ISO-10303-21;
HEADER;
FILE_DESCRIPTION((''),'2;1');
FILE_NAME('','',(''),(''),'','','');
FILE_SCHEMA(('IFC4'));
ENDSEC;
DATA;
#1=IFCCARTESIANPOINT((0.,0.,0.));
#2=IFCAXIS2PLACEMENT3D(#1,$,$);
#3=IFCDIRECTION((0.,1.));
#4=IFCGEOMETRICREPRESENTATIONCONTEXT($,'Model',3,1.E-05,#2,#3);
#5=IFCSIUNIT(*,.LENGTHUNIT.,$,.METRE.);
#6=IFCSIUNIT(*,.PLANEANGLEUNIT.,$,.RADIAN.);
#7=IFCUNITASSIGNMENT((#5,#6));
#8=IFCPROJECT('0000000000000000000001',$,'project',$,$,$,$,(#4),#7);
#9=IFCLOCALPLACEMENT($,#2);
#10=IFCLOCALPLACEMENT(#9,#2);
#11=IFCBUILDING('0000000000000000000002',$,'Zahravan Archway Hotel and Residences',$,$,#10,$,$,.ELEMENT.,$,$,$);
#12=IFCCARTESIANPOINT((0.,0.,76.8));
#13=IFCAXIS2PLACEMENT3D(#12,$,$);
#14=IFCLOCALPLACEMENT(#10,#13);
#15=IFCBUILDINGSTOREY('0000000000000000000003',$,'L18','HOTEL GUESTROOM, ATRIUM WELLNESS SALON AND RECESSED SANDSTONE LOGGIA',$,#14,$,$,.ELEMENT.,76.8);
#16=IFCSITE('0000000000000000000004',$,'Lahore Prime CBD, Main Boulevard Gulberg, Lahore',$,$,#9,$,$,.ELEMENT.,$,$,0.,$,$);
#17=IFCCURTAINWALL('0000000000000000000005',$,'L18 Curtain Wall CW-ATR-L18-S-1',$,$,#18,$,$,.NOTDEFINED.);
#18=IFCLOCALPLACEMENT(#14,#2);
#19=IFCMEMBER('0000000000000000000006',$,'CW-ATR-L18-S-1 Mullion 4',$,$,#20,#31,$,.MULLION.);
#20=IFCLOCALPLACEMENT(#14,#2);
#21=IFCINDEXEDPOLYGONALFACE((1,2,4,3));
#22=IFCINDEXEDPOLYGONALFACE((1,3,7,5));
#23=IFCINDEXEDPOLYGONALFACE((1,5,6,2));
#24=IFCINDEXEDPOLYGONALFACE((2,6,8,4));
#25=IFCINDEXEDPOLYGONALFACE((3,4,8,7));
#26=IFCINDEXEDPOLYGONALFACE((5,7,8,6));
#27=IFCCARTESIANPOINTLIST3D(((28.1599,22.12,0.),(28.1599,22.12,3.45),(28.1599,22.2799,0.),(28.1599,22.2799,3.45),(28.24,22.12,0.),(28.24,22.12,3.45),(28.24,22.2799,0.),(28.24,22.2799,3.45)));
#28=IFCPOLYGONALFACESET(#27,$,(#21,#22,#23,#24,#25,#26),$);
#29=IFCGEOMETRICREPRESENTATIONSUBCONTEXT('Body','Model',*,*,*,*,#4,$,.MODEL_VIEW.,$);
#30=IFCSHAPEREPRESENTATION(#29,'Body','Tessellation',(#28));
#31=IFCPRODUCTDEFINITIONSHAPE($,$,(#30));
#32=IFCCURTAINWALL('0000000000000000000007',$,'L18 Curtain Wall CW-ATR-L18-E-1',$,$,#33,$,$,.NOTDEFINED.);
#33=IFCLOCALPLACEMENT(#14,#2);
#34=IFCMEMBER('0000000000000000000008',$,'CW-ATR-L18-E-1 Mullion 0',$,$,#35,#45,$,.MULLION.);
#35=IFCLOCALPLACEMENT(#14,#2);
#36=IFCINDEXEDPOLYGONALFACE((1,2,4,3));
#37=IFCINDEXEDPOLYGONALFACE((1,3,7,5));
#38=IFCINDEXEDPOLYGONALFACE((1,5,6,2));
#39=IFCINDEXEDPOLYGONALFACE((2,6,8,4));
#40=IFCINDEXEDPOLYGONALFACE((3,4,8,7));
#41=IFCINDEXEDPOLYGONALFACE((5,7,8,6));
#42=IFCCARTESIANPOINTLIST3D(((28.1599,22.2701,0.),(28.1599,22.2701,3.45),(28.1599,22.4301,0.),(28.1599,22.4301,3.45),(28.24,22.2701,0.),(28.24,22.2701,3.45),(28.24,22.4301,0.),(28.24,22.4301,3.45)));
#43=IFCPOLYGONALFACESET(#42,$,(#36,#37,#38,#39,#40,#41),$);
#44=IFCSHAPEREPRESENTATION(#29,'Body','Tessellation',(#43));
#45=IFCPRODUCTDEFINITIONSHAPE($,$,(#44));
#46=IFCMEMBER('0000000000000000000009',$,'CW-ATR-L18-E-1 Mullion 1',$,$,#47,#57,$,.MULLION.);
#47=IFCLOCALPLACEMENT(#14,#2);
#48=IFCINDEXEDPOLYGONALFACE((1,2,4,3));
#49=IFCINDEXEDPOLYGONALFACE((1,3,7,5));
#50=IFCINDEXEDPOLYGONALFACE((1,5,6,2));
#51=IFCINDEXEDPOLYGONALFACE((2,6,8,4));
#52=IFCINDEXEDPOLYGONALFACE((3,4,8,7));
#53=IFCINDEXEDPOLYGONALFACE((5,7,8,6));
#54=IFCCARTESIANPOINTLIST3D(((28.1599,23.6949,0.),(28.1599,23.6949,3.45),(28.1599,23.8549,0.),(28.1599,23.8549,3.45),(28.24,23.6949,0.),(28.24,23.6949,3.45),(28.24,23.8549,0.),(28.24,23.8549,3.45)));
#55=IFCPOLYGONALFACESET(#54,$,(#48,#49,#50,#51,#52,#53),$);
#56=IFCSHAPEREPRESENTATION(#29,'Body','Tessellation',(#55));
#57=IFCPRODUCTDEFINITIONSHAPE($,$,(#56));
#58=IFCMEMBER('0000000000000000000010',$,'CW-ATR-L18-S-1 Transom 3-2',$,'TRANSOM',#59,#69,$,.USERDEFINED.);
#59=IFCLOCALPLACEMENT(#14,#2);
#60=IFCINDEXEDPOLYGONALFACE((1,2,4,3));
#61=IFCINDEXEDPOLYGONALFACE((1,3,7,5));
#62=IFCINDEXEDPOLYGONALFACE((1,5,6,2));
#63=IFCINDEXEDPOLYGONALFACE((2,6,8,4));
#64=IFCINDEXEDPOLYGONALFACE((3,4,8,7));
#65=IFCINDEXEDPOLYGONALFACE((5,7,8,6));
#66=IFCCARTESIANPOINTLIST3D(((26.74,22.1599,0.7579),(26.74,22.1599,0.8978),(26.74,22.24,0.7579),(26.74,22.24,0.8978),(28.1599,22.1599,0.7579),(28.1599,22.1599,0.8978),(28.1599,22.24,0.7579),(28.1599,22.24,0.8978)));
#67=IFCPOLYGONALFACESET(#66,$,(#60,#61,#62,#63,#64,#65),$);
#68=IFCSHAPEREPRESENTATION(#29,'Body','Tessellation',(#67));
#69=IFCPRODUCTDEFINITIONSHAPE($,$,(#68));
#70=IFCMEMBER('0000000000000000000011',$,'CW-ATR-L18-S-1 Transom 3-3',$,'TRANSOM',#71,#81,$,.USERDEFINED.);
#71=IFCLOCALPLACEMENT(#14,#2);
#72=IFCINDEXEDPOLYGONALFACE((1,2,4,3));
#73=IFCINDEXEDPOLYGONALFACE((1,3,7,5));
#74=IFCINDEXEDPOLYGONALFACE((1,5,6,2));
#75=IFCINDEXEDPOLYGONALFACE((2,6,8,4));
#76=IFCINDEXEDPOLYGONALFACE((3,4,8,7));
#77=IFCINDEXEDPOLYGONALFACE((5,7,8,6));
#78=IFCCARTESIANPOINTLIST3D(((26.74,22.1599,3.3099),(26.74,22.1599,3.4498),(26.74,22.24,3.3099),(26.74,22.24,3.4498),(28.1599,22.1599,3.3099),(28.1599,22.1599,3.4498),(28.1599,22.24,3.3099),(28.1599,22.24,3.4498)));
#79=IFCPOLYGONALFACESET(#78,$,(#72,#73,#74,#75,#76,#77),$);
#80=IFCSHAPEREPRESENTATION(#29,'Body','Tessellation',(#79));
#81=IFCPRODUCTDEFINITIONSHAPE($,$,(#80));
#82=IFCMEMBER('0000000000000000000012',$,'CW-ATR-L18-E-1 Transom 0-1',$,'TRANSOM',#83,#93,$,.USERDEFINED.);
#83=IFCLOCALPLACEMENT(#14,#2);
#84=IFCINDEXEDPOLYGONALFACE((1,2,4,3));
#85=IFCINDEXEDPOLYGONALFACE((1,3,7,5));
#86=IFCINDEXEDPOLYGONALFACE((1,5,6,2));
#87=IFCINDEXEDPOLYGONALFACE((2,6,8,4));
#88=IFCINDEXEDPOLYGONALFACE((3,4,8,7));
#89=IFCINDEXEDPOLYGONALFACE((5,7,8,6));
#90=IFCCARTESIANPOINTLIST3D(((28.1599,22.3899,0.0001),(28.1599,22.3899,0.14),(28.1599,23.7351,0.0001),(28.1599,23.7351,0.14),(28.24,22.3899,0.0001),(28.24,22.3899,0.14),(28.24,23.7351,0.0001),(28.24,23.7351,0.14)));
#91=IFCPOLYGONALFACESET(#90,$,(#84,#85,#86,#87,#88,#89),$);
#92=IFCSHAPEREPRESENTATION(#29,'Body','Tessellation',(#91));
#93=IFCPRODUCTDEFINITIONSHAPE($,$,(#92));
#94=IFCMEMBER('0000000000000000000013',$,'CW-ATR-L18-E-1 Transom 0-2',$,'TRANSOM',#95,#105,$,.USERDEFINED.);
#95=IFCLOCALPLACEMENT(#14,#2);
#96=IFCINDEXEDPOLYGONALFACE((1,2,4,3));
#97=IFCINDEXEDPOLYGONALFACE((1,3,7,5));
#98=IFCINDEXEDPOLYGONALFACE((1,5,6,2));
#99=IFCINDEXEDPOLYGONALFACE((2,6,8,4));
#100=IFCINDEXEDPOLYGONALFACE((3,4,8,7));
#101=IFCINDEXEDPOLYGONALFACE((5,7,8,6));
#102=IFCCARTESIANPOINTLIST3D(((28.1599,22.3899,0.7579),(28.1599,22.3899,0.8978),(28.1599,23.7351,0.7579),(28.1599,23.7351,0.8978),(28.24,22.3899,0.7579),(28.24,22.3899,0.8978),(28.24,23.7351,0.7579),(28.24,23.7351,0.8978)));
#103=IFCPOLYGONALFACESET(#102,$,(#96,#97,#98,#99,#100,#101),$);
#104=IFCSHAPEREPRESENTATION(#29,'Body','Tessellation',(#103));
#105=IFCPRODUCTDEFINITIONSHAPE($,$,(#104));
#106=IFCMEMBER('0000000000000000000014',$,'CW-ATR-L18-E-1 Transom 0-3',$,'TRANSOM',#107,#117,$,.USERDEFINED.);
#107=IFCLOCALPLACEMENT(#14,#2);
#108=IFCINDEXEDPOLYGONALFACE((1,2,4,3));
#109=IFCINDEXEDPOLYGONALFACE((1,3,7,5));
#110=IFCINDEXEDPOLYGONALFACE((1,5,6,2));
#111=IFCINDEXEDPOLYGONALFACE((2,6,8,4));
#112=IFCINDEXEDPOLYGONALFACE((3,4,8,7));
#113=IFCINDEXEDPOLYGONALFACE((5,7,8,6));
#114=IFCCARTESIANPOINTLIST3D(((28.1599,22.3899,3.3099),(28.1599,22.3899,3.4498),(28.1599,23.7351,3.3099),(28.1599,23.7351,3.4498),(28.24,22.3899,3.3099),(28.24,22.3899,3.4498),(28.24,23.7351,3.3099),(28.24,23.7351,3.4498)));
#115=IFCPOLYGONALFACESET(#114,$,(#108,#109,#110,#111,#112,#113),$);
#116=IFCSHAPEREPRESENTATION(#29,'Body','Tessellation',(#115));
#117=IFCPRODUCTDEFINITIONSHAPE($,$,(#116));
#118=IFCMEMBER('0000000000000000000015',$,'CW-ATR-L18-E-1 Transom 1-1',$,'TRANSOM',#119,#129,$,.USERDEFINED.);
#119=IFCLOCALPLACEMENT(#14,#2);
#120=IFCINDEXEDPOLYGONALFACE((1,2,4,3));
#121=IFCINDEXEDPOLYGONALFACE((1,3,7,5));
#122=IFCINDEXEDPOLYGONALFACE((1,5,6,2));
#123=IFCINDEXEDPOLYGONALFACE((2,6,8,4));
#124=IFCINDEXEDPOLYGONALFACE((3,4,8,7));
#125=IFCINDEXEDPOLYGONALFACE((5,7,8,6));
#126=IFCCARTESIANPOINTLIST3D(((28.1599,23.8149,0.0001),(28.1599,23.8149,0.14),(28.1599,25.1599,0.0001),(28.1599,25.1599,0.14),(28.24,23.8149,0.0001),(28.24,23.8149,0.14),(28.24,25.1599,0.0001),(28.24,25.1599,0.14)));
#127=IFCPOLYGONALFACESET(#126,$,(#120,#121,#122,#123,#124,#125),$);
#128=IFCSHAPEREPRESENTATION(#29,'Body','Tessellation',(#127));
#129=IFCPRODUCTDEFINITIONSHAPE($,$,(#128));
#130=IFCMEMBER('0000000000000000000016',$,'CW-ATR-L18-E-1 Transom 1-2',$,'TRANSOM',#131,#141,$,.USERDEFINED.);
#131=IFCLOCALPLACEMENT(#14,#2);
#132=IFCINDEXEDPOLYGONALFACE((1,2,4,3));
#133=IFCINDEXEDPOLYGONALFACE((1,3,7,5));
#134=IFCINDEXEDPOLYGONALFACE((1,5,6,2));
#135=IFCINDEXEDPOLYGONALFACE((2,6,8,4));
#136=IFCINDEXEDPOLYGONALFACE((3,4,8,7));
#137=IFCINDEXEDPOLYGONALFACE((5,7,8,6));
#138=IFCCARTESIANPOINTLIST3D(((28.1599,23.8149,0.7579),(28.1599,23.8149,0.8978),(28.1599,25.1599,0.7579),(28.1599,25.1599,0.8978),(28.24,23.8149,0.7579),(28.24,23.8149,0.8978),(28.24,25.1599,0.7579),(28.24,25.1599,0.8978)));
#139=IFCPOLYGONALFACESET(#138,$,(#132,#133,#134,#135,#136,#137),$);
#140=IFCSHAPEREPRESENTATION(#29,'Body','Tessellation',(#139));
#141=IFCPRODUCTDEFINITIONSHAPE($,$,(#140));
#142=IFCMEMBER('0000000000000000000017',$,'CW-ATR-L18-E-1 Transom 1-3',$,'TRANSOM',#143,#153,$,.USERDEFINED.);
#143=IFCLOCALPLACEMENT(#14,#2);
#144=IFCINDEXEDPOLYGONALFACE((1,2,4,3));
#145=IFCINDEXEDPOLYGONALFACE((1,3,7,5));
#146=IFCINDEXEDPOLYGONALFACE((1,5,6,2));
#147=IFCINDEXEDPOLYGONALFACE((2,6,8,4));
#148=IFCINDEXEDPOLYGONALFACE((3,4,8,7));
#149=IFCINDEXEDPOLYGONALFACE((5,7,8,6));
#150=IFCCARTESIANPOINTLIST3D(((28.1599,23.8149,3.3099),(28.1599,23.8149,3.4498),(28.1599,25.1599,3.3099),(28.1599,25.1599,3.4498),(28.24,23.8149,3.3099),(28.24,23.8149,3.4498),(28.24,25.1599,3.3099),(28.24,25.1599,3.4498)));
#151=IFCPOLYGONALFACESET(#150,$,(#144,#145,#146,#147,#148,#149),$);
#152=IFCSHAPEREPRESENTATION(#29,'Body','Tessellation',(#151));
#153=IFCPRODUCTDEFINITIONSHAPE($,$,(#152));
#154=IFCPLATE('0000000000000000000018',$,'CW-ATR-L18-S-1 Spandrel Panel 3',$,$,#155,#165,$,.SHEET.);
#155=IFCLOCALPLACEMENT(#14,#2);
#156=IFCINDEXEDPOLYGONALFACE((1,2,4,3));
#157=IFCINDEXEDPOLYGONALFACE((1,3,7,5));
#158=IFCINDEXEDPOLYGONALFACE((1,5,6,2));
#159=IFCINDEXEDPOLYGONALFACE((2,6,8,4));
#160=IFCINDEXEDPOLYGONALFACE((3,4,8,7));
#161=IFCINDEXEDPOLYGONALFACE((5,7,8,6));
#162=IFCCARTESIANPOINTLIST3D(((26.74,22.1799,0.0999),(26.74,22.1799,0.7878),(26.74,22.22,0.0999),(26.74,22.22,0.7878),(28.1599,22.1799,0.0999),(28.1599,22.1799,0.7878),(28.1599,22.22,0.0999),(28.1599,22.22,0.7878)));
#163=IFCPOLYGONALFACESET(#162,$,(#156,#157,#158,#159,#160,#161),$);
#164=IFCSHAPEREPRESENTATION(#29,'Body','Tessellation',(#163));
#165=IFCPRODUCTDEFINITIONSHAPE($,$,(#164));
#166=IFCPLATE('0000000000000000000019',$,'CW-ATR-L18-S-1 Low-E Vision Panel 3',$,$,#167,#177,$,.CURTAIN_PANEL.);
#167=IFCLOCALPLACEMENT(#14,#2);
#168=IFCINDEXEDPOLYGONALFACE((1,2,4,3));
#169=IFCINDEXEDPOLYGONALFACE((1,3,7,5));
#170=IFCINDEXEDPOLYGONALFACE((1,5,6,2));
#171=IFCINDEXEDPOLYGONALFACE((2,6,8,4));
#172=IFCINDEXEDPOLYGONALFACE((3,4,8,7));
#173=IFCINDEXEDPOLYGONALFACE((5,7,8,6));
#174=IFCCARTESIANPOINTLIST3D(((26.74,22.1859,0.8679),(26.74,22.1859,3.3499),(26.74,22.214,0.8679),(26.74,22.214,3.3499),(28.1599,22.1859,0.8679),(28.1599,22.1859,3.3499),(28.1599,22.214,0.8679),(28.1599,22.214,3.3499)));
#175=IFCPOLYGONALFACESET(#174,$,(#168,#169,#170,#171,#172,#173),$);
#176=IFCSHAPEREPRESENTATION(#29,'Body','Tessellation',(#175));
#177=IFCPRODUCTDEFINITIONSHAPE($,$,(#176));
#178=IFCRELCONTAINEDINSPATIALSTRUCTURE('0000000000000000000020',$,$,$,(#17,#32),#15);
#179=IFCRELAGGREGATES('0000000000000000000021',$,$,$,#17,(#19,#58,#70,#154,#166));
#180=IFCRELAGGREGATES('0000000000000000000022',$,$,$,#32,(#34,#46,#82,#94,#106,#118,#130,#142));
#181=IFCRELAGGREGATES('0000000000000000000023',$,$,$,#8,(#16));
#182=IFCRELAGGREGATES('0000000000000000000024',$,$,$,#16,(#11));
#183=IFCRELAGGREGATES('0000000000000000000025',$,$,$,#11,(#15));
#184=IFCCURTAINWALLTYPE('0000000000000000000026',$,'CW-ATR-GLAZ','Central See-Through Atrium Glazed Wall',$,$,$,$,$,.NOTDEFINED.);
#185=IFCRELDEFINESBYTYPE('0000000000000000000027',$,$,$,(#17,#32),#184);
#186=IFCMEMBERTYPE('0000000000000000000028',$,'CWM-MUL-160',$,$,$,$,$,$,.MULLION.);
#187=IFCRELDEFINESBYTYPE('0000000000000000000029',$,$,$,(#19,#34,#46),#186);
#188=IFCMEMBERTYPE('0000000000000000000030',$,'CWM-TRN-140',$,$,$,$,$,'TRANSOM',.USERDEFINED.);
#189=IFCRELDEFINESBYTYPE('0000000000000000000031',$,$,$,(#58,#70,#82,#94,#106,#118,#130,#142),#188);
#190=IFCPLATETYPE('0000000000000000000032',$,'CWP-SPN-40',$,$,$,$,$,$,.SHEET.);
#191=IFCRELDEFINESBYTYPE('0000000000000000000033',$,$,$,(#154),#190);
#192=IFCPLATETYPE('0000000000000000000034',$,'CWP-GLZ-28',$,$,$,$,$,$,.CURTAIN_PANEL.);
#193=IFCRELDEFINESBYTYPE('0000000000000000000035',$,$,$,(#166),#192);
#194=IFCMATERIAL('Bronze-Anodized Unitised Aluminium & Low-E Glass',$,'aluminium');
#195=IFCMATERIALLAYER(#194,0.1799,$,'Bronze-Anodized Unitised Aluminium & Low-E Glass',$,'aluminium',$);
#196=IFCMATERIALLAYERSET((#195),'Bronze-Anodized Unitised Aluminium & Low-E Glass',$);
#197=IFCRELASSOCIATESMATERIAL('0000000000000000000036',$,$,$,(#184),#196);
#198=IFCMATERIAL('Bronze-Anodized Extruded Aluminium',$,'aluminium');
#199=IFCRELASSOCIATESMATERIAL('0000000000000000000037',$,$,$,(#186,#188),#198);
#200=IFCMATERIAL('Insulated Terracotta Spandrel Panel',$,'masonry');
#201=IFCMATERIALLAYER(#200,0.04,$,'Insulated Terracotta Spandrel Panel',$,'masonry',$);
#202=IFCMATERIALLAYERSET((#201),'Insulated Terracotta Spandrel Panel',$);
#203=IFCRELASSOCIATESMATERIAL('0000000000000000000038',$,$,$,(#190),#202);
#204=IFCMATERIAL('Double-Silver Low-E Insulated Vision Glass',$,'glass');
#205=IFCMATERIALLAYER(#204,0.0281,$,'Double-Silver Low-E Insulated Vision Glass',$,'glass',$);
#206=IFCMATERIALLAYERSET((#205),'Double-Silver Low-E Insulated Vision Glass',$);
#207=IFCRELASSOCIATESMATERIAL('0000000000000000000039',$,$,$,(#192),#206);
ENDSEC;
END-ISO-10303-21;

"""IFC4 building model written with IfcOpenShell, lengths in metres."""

from ifc_helpers import new_model, si_unit, direction, frame, origin, origin_2d, place, context, subcontext, project, spatial, rectangle, extrude, source, transform, mapped, material, layer, layer_set, material_profile, profile_set, type_object, element, aggregate, save


model = new_model("IFC4")

# Units and contexts
model_context = context("Model", 3, precision=1e-05, world=origin(), true_north=direction((0.0, 1.0)))
body_context = subcontext(model_context, "Body", "Model", "MODEL_VIEW")
ifc_project = project(units=[si_unit("LENGTHUNIT", "METRE"), si_unit("PLANEANGLEUNIT", "RADIAN")], contexts=[model_context])

# Site, building, storey
site_placement = place(None, origin())
site = spatial("IfcSite", under=ifc_project, at=site_placement, Name="Lahore Prime CBD, Main Boulevard Gulberg, Lahore", CompositionType="ELEMENT", RefElevation=0.0)
building_placement = place(site_placement, origin())
building = spatial("IfcBuilding", under=site, at=building_placement, Name="Zahravan Archway Hotel and Residences", CompositionType="ELEMENT")
storey_placement = place(building_placement, frame((0.0, 0.0, 76.8)))
storey = spatial("IfcBuildingStorey", under=building, at=storey_placement, Name="L18", Description="HOTEL GUESTROOM, ATRIUM WELLNESS SALON AND RECESSED SANDSTONE LOGGIA", CompositionType="ELEMENT", Elevation=76.8)

# Curtain wall, member
ifc_material_1 = material(Name="Bronze-Anodized Unitised Aluminium & Low-E Glass", Category="aluminium")
ifc_layer_1 = layer(ifc_material_1, 0.1799, Name="Bronze-Anodized Unitised Aluminium & Low-E Glass", Category="aluminium")
ifc_layer_set_1 = layer_set([ifc_layer_1], Name="Bronze-Anodized Unitised Aluminium & Low-E Glass")
curtain_wall_type = type_object("IfcCurtainWallType", Name="CW-ATR-GLAZ", Description="Central See-Through Atrium Glazed Wall", PredefinedType="NOTDEFINED", material=ifc_layer_set_1)
curtain_wall_1_placement = place(storey_placement, origin())
curtain_wall_1 = element("IfcCurtainWall", 1, at=curtain_wall_1_placement, inside=storey, type_object=curtain_wall_type, Name="L18 Curtain Wall CW-ATR-L18-S-1", PredefinedType="NOTDEFINED")
ifc_material_2 = material(Name="Bronze-Anodized Extruded Aluminium", Category="aluminium")
ifc_material_profile_1 = material_profile(ifc_material_2, rectangle(XDim=0.0801, YDim=0.1599, at=origin_2d()), Name="MUL 80x160", Category="aluminium")
ifc_profile_set_1 = profile_set([ifc_material_profile_1], Name="Bronze-Anodized Extruded Aluminium")
member_type_1 = type_object("IfcMemberType", Name="CWM-MUL-160", PredefinedType="MULLION", material=ifc_profile_set_1)
shared_shape_1 = source(origin(), body_context, "Body", "SweptSolid", [
    extrude(rectangle(XDim=0.0801, YDim=0.1599, at=origin_2d()), origin(), (0.0, 0.0, 1.0), 3.45),
])
member_1_placement = place(storey_placement, frame((28.2, 22.2, 0.0), z_axis=(0.0, 0.0, 1.0), x_axis=(1.0, 0.0, 0.0)))
member_1 = element("IfcMember", 2, at=member_1_placement, type_object=member_type_1, Name="CW-ATR-L18-S-1 Mullion 4", PredefinedType="MULLION", context=body_context, shape_type="MappedRepresentation", body=[
    mapped(shared_shape_1, transform((0.0, 0.0, 0.0), scale=1.0)),
])

# Curtain wall, members
curtain_wall_2_placement = place(storey_placement, origin())
curtain_wall_2 = element("IfcCurtainWall", 3, at=curtain_wall_2_placement, inside=storey, type_object=curtain_wall_type, Name="L18 Curtain Wall CW-ATR-L18-E-1", PredefinedType="NOTDEFINED")
member_2_placement = place(storey_placement, frame((28.2, 22.3501, 0.0), z_axis=(0.0, 0.0, 1.0), x_axis=(1.0, 0.0, 0.0)))
member_2 = element("IfcMember", 4, at=member_2_placement, type_object=member_type_1, Name="CW-ATR-L18-E-1 Mullion 0", PredefinedType="MULLION", context=body_context, shape_type="MappedRepresentation", body=[
    mapped(shared_shape_1, transform((0.0, 0.0, 0.0), scale=1.0)),
])
member_3_placement = place(storey_placement, frame((28.2, 23.7749, 0.0), z_axis=(0.0, 0.0, 1.0), x_axis=(1.0, 0.0, 0.0)))
member_3 = element("IfcMember", 5, at=member_3_placement, type_object=member_type_1, Name="CW-ATR-L18-E-1 Mullion 1", PredefinedType="MULLION", context=body_context, shape_type="MappedRepresentation", body=[
    mapped(shared_shape_1, transform((0.0, 0.0, 0.0), scale=1.0)),
])

# Members
ifc_material_profile_2 = material_profile(ifc_material_2, rectangle(XDim=0.0801, YDim=0.1399, at=origin_2d()), Name="TRN 80x140", Category="aluminium")
ifc_profile_set_2 = profile_set([ifc_material_profile_2], Name="Bronze-Anodized Extruded Aluminium")
member_type_2 = type_object("IfcMemberType", Name="CWM-TRN-140", ElementType="TRANSOM", PredefinedType="USERDEFINED", material=ifc_profile_set_2)
shared_shape_2 = source(origin(), body_context, "Body", "SweptSolid", [
    extrude(rectangle(XDim=0.0801, YDim=0.1399, at=origin_2d()), origin(), (0.0, 0.0, 1.0), 1.4199),
])
member_4_placement = place(storey_placement, frame((26.74, 22.2, 0.8279), z_axis=(1.0, 0.0, 0.0), x_axis=(0.0, 1.0, 0.0)))
member_4 = element("IfcMember", 6, at=member_4_placement, type_object=member_type_2, Name="CW-ATR-L18-S-1 Transom 3-2", ObjectType="TRANSOM", PredefinedType="USERDEFINED", context=body_context, shape_type="MappedRepresentation", body=[
    mapped(shared_shape_2, transform((0.0, 0.0, 0.0), scale=1.0)),
])
member_5_placement = place(storey_placement, frame((26.74, 22.2, 3.3799), z_axis=(1.0, 0.0, 0.0), x_axis=(0.0, 1.0, 0.0)))
member_5 = element("IfcMember", 7, at=member_5_placement, type_object=member_type_2, Name="CW-ATR-L18-S-1 Transom 3-3", ObjectType="TRANSOM", PredefinedType="USERDEFINED", context=body_context, shape_type="MappedRepresentation", body=[
    mapped(shared_shape_2, transform((0.0, 0.0, 0.0), scale=1.0)),
])
shared_shape_3 = source(origin(), body_context, "Body", "SweptSolid", [
    extrude(rectangle(XDim=0.0801, YDim=0.1399, at=origin_2d()), origin(), (0.0, 0.0, 1.0), 1.3452),
])
member_6_placement = place(storey_placement, frame((28.2, 22.3899, 0.0701), z_axis=(0.0, 1.0, 0.0), x_axis=(-1.0, 0.0, 0.0)))
member_6 = element("IfcMember", 8, at=member_6_placement, type_object=member_type_2, Name="CW-ATR-L18-E-1 Transom 0-1", ObjectType="TRANSOM", PredefinedType="USERDEFINED", context=body_context, shape_type="MappedRepresentation", body=[
    mapped(shared_shape_3, transform((0.0, 0.0, 0.0), scale=1.0)),
])
member_7_placement = place(storey_placement, frame((28.2, 22.3899, 0.8279), z_axis=(0.0, 1.0, 0.0), x_axis=(-1.0, 0.0, 0.0)))
member_7 = element("IfcMember", 9, at=member_7_placement, type_object=member_type_2, Name="CW-ATR-L18-E-1 Transom 0-2", ObjectType="TRANSOM", PredefinedType="USERDEFINED", context=body_context, shape_type="MappedRepresentation", body=[
    mapped(shared_shape_3, transform((0.0, 0.0, 0.0), scale=1.0)),
])
member_8_placement = place(storey_placement, frame((28.2, 22.3899, 3.3799), z_axis=(0.0, 1.0, 0.0), x_axis=(-1.0, 0.0, 0.0)))
member_8 = element("IfcMember", 10, at=member_8_placement, type_object=member_type_2, Name="CW-ATR-L18-E-1 Transom 0-3", ObjectType="TRANSOM", PredefinedType="USERDEFINED", context=body_context, shape_type="MappedRepresentation", body=[
    mapped(shared_shape_3, transform((0.0, 0.0, 0.0), scale=1.0)),
])
shared_shape_4 = source(origin(), body_context, "Body", "SweptSolid", [
    extrude(rectangle(XDim=0.0801, YDim=0.1399, at=origin_2d()), origin(), (0.0, 0.0, 1.0), 1.345),
])
member_9_placement = place(storey_placement, frame((28.2, 23.8149, 0.0701), z_axis=(0.0, 1.0, 0.0), x_axis=(-1.0, 0.0, 0.0)))
member_9 = element("IfcMember", 11, at=member_9_placement, type_object=member_type_2, Name="CW-ATR-L18-E-1 Transom 1-1", ObjectType="TRANSOM", PredefinedType="USERDEFINED", context=body_context, shape_type="MappedRepresentation", body=[
    mapped(shared_shape_4, transform((0.0, 0.0, 0.0), scale=1.0)),
])
member_10_placement = place(storey_placement, frame((28.2, 23.8149, 0.8279), z_axis=(0.0, 1.0, 0.0), x_axis=(-1.0, 0.0, 0.0)))
member_10 = element("IfcMember", 12, at=member_10_placement, type_object=member_type_2, Name="CW-ATR-L18-E-1 Transom 1-2", ObjectType="TRANSOM", PredefinedType="USERDEFINED", context=body_context, shape_type="MappedRepresentation", body=[
    mapped(shared_shape_4, transform((0.0, 0.0, 0.0), scale=1.0)),
])
member_11_placement = place(storey_placement, frame((28.2, 23.8149, 3.3799), z_axis=(0.0, 1.0, 0.0), x_axis=(-1.0, 0.0, 0.0)))
member_11 = element("IfcMember", 13, at=member_11_placement, type_object=member_type_2, Name="CW-ATR-L18-E-1 Transom 1-3", ObjectType="TRANSOM", PredefinedType="USERDEFINED", context=body_context, shape_type="MappedRepresentation", body=[
    mapped(shared_shape_4, transform((0.0, 0.0, 0.0), scale=1.0)),
])

# Plates
ifc_material_3 = material(Name="Insulated Terracotta Spandrel Panel", Category="masonry")
ifc_layer_2 = layer(ifc_material_3, 0.04, Name="Insulated Terracotta Spandrel Panel", Category="masonry")
ifc_layer_set_2 = layer_set([ifc_layer_2], Name="Insulated Terracotta Spandrel Panel")
plate_type_1 = type_object("IfcPlateType", Name="CWP-SPN-40", PredefinedType="SHEET", material=ifc_layer_set_2)
shared_shape_5 = source(origin(), body_context, "Body", "SweptSolid", [
    extrude(rectangle(XDim=1.4199, YDim=0.04, at=origin_2d()), origin(), (0.0, 0.0, 1.0), 0.688),
])
plate_1_placement = place(storey_placement, frame((27.45, 22.2, 0.0999), z_axis=(0.0, 0.0, 1.0), x_axis=(1.0, 0.0, 0.0)))
plate_1 = element("IfcPlate", 14, at=plate_1_placement, type_object=plate_type_1, Name="CW-ATR-L18-S-1 Spandrel Panel 3", PredefinedType="SHEET", context=body_context, shape_type="MappedRepresentation", body=[
    mapped(shared_shape_5, transform((0.0, 0.0, 0.0), scale=1.0)),
])
ifc_material_4 = material(Name="Double-Silver Low-E Insulated Vision Glass", Category="glass")
ifc_layer_3 = layer(ifc_material_4, 0.0281, Name="Double-Silver Low-E Insulated Vision Glass", Category="glass")
ifc_layer_set_3 = layer_set([ifc_layer_3], Name="Double-Silver Low-E Insulated Vision Glass")
plate_type_2 = type_object("IfcPlateType", Name="CWP-GLZ-28", PredefinedType="CURTAIN_PANEL", material=ifc_layer_set_3)
shared_shape_6 = source(origin(), body_context, "Body", "SweptSolid", [
    extrude(rectangle(XDim=1.4199, YDim=0.0281, at=origin_2d()), origin(), (0.0, 0.0, 1.0), 2.4819),
])
plate_2_placement = place(storey_placement, frame((27.45, 22.2, 0.8679), z_axis=(0.0, 0.0, 1.0), x_axis=(1.0, 0.0, 0.0)))
plate_2 = element("IfcPlate", 15, at=plate_2_placement, type_object=plate_type_2, Name="CW-ATR-L18-S-1 Low-E Vision Panel 3", PredefinedType="CURTAIN_PANEL", context=body_context, shape_type="MappedRepresentation", body=[
    mapped(shared_shape_6, transform((0.0, 0.0, 0.0), scale=1.0)),
])
aggregate(curtain_wall_1, [member_1, member_4, member_5, plate_1, plate_2])
aggregate(curtain_wall_2, [member_2, member_3, member_6, member_7, member_8, member_9, member_10, member_11])

save(model, "model.ifc")
